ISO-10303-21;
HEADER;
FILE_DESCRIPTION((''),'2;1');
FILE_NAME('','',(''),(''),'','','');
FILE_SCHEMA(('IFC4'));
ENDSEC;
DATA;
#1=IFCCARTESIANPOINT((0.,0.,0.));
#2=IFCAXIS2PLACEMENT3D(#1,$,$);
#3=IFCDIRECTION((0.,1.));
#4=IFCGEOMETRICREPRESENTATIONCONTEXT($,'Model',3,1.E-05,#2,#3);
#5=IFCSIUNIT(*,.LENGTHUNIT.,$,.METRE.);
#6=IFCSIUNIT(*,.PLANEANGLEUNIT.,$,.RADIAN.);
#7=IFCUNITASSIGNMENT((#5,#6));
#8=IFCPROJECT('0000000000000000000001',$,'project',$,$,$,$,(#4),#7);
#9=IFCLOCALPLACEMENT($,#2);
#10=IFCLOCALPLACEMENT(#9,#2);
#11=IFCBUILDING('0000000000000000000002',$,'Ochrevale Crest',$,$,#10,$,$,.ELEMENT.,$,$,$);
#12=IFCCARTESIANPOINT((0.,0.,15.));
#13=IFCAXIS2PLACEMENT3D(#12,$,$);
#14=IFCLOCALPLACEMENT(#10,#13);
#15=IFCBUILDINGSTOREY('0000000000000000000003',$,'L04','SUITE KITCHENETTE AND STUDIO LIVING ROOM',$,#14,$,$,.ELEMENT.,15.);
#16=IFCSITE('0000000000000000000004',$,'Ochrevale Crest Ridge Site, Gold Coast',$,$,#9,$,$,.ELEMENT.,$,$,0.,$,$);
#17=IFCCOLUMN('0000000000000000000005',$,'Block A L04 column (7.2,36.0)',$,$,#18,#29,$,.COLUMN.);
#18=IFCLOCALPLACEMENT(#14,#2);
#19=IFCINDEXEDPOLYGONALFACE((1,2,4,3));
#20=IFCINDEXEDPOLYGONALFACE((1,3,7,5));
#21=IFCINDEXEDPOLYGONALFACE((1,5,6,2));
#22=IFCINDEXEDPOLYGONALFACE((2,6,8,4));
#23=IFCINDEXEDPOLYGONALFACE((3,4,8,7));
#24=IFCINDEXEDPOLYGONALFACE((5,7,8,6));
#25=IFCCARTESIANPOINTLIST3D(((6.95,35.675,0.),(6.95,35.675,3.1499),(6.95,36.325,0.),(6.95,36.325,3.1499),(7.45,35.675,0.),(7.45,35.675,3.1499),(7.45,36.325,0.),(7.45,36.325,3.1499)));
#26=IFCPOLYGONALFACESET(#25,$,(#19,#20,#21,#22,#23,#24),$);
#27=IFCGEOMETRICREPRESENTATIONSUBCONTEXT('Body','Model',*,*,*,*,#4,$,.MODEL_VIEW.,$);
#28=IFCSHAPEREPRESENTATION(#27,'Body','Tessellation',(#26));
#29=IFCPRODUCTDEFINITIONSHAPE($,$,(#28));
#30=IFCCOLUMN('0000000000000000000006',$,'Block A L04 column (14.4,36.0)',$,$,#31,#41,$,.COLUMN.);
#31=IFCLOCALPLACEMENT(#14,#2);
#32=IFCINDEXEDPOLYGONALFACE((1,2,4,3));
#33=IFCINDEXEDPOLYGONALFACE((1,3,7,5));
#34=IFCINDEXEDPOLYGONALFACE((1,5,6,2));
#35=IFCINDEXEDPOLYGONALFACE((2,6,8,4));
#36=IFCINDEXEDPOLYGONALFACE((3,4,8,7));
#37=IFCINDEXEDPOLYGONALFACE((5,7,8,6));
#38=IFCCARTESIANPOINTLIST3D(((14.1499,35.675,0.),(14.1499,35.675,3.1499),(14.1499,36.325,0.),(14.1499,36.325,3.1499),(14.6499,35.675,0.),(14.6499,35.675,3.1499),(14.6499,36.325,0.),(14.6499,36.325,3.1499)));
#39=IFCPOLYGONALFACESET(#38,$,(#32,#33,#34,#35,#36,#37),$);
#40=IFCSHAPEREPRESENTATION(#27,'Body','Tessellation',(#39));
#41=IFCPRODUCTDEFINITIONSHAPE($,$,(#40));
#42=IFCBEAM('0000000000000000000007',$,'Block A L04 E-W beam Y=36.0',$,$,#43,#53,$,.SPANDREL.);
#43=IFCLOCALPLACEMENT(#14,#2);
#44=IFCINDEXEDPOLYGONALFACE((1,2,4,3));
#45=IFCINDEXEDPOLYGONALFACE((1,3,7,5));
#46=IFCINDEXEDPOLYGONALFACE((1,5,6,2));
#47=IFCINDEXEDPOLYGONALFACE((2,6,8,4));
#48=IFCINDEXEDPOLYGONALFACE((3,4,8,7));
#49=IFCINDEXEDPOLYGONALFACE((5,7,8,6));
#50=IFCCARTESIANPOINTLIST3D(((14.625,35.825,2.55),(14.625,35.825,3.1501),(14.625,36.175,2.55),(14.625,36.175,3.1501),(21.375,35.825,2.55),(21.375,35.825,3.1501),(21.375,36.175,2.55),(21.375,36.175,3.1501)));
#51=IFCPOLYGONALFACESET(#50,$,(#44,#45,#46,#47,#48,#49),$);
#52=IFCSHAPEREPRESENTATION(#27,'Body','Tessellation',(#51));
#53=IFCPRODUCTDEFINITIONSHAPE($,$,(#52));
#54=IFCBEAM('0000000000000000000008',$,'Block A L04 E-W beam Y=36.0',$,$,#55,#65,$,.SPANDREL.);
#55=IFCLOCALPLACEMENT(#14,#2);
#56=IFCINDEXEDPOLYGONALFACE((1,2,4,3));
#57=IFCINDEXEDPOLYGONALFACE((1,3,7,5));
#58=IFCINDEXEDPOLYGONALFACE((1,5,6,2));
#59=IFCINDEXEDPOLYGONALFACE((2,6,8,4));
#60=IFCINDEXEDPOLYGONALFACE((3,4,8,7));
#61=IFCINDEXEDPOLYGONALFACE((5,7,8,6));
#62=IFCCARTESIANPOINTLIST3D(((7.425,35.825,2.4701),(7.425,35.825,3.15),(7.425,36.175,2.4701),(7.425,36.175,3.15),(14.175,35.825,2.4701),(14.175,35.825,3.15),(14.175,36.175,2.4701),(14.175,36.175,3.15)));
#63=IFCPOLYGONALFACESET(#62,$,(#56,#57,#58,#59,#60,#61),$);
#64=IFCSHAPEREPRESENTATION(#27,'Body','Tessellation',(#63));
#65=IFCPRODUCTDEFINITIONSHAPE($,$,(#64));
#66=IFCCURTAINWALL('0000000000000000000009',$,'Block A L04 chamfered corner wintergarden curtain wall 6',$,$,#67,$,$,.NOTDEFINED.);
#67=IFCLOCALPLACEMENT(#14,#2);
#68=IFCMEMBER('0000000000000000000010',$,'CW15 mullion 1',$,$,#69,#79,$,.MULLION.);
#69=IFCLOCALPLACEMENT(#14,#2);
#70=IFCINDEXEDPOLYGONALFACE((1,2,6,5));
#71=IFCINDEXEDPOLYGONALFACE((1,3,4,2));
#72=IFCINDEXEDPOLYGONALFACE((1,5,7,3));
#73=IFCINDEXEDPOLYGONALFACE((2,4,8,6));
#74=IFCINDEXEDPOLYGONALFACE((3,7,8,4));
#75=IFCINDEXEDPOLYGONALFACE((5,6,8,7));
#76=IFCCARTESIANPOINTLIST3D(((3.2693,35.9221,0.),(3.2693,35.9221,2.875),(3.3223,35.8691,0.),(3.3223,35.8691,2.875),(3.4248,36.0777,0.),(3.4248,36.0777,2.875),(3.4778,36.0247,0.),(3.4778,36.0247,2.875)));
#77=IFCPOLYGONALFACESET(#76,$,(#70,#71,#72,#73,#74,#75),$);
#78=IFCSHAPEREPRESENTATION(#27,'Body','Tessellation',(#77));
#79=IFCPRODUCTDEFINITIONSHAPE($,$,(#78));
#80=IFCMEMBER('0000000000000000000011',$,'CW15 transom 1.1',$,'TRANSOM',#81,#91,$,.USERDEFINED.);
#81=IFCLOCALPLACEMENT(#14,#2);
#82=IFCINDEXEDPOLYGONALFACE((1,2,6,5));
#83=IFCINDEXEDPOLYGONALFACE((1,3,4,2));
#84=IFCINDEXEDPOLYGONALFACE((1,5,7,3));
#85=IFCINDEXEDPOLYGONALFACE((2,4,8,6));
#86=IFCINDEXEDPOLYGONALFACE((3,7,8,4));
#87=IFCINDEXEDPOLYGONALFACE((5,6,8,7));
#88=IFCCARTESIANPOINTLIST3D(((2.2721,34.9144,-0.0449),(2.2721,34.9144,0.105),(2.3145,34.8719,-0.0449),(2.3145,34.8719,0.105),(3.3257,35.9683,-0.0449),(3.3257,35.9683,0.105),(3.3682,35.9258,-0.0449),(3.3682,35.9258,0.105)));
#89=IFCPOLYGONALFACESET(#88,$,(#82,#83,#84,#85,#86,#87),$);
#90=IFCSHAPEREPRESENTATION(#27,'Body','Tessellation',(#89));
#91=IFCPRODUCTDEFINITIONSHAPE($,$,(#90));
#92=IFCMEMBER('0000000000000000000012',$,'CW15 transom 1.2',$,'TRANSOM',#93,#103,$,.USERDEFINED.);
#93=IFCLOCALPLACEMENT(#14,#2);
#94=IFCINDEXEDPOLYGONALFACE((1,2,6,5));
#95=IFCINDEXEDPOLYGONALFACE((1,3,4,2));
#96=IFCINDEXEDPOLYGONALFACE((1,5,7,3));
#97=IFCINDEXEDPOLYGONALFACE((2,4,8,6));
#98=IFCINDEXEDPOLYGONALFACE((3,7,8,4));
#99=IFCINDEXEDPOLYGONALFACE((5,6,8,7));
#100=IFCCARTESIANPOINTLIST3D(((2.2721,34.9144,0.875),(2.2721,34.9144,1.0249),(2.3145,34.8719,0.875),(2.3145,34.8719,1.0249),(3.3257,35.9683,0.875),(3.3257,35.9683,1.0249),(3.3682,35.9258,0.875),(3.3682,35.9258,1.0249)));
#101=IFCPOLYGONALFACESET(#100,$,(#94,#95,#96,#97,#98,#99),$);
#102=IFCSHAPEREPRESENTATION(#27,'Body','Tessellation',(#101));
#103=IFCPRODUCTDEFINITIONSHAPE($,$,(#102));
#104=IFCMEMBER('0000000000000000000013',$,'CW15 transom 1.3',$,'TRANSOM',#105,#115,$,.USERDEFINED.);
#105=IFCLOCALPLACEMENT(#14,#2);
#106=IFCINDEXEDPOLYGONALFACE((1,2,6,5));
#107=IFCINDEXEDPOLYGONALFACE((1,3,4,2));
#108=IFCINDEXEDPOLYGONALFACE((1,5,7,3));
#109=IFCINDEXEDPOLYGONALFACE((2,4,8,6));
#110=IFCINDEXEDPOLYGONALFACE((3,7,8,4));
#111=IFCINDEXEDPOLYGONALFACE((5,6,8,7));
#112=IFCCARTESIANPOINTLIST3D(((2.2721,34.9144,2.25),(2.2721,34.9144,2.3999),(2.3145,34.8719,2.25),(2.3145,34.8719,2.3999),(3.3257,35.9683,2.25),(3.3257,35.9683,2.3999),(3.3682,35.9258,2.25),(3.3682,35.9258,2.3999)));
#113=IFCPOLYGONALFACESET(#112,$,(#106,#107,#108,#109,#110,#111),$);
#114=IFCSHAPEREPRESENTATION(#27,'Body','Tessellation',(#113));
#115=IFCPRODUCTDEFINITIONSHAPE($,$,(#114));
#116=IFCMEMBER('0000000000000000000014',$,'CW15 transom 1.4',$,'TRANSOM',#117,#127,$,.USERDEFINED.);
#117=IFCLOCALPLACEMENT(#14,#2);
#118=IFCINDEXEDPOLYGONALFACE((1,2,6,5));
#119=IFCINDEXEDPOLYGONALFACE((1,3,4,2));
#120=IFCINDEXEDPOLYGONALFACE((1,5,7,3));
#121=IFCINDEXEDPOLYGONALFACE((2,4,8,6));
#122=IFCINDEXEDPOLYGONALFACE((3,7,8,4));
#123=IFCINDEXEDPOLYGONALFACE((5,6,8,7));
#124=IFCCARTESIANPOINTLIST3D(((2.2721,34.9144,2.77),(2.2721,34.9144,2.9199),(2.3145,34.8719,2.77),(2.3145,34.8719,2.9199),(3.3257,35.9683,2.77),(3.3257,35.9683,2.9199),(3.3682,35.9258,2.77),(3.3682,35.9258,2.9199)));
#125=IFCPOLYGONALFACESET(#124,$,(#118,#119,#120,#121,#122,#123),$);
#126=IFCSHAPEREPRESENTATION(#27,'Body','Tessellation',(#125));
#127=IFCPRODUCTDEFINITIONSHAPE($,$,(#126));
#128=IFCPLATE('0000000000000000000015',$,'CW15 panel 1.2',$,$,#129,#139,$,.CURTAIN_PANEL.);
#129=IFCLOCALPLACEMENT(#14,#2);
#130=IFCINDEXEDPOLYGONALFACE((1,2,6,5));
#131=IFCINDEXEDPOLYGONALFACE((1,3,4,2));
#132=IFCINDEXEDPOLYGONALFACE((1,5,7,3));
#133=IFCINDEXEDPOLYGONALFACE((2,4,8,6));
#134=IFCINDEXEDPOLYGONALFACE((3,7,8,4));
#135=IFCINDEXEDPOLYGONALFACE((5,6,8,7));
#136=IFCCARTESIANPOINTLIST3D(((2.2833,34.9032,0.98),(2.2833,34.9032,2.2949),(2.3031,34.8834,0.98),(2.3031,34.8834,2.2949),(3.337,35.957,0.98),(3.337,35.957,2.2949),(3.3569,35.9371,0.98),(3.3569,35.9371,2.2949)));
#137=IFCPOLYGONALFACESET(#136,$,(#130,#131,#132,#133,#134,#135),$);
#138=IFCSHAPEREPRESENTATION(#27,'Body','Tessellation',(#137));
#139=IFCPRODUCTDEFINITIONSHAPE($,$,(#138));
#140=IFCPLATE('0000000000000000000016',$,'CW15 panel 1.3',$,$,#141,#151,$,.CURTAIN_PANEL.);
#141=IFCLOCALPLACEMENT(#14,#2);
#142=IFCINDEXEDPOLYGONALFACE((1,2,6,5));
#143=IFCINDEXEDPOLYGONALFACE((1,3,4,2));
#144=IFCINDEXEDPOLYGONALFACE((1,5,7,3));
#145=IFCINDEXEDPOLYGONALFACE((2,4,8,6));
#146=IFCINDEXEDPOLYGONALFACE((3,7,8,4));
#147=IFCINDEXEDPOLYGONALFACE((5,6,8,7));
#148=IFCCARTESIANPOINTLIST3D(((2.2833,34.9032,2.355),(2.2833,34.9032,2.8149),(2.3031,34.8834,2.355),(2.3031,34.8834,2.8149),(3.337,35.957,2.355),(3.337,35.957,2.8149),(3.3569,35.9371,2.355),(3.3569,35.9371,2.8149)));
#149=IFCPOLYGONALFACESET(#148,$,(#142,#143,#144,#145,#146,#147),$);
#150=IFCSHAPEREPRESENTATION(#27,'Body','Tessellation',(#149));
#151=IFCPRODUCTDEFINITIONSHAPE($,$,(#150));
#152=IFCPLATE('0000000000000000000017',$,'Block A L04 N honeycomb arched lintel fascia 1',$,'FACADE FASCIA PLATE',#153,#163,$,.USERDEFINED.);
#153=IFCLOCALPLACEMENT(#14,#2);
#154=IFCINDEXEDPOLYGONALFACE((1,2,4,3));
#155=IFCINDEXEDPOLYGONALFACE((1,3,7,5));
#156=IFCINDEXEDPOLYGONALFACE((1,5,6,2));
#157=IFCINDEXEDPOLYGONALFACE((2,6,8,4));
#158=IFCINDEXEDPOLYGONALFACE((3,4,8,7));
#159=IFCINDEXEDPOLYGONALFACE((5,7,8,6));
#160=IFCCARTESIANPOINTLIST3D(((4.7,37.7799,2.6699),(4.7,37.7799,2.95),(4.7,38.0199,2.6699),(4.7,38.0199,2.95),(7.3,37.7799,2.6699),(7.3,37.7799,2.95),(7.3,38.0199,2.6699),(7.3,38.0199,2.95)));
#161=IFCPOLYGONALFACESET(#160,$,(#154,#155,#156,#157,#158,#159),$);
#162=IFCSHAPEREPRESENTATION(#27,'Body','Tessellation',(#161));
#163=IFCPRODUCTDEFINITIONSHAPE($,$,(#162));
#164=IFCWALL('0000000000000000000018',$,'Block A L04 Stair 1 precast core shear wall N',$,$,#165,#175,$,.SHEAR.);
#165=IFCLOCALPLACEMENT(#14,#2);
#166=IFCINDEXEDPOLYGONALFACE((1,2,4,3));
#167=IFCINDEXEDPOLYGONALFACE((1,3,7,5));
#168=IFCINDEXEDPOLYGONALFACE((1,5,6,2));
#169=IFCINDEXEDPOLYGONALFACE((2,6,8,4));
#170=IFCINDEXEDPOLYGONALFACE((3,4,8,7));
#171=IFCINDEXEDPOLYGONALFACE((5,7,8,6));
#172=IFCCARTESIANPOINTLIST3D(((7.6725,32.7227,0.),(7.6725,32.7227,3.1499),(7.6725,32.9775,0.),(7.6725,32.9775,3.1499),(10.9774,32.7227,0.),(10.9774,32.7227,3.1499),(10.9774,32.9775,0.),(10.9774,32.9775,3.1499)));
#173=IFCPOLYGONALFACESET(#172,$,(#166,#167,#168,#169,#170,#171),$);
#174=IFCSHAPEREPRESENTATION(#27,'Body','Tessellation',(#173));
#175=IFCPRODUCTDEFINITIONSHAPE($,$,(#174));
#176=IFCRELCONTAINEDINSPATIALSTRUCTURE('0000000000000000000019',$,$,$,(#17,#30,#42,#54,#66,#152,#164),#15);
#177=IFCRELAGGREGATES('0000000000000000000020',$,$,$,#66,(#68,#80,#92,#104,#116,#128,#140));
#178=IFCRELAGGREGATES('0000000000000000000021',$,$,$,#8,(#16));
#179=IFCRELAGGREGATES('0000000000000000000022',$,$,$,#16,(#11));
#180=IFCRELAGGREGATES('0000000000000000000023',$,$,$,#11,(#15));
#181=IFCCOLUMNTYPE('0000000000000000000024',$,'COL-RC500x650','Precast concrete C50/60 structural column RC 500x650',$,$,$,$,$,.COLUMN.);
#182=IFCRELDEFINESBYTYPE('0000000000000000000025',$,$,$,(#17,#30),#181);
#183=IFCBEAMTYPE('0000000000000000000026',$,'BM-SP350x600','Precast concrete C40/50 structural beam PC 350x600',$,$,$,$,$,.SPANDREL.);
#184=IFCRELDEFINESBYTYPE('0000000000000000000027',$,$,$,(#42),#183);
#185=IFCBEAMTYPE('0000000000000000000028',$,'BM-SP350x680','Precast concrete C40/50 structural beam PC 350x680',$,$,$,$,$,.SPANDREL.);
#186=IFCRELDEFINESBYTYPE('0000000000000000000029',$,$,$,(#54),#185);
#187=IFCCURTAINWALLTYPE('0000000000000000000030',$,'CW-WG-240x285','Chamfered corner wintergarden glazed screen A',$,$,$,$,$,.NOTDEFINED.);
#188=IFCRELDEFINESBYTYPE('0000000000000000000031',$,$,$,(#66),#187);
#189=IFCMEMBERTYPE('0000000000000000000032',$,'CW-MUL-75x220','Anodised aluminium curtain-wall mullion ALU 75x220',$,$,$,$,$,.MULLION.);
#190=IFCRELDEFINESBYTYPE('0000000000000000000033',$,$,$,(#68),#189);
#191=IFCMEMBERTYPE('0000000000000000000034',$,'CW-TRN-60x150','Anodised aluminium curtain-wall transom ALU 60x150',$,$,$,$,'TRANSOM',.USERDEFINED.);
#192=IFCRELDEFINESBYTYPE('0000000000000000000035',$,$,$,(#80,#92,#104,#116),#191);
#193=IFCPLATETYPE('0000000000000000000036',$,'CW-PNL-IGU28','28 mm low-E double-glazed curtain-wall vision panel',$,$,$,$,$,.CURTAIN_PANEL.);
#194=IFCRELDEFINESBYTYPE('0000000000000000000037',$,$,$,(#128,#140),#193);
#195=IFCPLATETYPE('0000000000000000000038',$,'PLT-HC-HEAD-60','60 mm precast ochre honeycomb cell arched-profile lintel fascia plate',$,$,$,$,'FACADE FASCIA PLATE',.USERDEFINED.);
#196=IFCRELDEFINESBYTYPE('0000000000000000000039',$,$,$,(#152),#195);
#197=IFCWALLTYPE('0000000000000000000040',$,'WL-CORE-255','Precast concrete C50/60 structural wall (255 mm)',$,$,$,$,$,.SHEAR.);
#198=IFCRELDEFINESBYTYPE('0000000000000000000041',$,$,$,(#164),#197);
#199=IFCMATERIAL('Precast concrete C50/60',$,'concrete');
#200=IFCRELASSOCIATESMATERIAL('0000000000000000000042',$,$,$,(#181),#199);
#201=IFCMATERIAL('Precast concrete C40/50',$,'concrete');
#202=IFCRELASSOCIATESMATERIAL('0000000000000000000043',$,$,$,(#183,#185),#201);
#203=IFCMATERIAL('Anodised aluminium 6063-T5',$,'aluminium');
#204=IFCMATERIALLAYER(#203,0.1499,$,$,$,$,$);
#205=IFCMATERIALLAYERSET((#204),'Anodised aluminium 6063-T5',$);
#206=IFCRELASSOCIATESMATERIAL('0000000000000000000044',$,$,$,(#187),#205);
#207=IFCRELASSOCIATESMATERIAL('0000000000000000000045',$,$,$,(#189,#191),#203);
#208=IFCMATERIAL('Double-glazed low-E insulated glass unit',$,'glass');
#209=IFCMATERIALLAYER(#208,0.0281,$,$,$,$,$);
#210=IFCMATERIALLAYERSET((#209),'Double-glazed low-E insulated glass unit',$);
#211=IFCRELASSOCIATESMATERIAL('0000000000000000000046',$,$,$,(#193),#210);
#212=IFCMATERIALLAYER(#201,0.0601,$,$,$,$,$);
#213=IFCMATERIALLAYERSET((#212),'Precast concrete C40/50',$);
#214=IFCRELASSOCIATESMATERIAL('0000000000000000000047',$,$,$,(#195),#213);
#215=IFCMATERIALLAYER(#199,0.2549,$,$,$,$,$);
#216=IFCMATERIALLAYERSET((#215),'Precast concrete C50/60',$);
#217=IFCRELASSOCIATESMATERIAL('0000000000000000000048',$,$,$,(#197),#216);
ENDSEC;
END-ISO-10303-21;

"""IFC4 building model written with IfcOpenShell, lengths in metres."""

from ifc_helpers import new_model, si_unit, direction, frame, frame_2d, origin, origin_2d, place, context, subcontext, project, spatial, rectangle, extrude, material, layer, layer_set, material_profile, profile_set, type_object, element, aggregate, save


model = new_model("IFC4")

# Units and contexts
model_context = context("Model", 3, precision=1e-05, world=origin(), true_north=direction((0.0, 1.0)))
body_context = subcontext(model_context, "Body", "Model", "MODEL_VIEW")
ifc_project = project(units=[si_unit("LENGTHUNIT", "METRE"), si_unit("PLANEANGLEUNIT", "RADIAN")], contexts=[model_context])

# Site, building, storey
site_placement = place(None, origin())
site = spatial("IfcSite", under=ifc_project, at=site_placement, Name="Ochrevale Crest Ridge Site, Gold Coast", CompositionType="ELEMENT", RefElevation=0.0)
building_placement = place(site_placement, origin())
building = spatial("IfcBuilding", under=site, at=building_placement, Name="Ochrevale Crest", CompositionType="ELEMENT")
storey_placement = place(building_placement, frame((0.0, 0.0, 15.0)))
storey = spatial("IfcBuildingStorey", under=building, at=storey_placement, Name="L04", Description="SUITE KITCHENETTE AND STUDIO LIVING ROOM", CompositionType="ELEMENT", Elevation=15.0)

# Columns
ifc_material_1 = material(Name="Precast concrete C50/60", Category="concrete")
ifc_material_profile_1 = material_profile(ifc_material_1, rectangle(XDim=0.5, YDim=0.6499, at=origin_2d()), Name="RC 500x650")
ifc_profile_set_1 = profile_set([ifc_material_profile_1], Name="Precast concrete C50/60")
column_type = type_object("IfcColumnType", Name="COL-RC500x650", Description="Precast concrete C50/60 structural column RC 500x650", PredefinedType="COLUMN", material=ifc_profile_set_1)
for number, where, z_axis, x_axis, name in (
    (1, (7.2, 36.0, 0.0), (0.0, 0.0, 1.0), (1.0, 0.0, 0.0), "Block A L04 column (7.2,36.0)"),
    (2, (14.3999, 36.0, 0.0), (0.0, 0.0, 1.0), (1.0, 0.0, 0.0), "Block A L04 column (14.4,36.0)"),
):
    element("IfcColumn", number, at=place(storey_placement, frame(where, z_axis=z_axis, x_axis=x_axis)), inside=storey, type_object=column_type, Name=name, PredefinedType="COLUMN", context=body_context, shape_type="SweptSolid", body=[
        extrude(rectangle(XDim=0.5, YDim=0.6499, at=origin_2d()), origin(), (0.0, 0.0, 1.0), 3.1499),
    ])

# Beams
ifc_material_2 = material(Name="Precast concrete C40/50", Category="concrete")
ifc_material_profile_2 = material_profile(ifc_material_2, rectangle(XDim=0.3501, YDim=0.6001, at=origin_2d()), Name="PC 350x600")
ifc_profile_set_2 = profile_set([ifc_material_profile_2], Name="Precast concrete C40/50")
beam_type_1 = type_object("IfcBeamType", Name="BM-SP350x600", Description="Precast concrete C40/50 structural beam PC 350x600", PredefinedType="SPANDREL", material=ifc_profile_set_2)
beam_1_placement = place(storey_placement, frame((14.625, 36.0, 2.8501), z_axis=(1.0, 0.0, 0.0), x_axis=(0.0, 1.0, 0.0)))
element("IfcBeam", 3, at=beam_1_placement, inside=storey, type_object=beam_type_1, Name="Block A L04 E-W beam Y=36.0", PredefinedType="SPANDREL", context=body_context, shape_type="SweptSolid", body=[
    extrude(rectangle(XDim=0.3501, YDim=0.6001, at=origin_2d()), origin(), (0.0, 0.0, 1.0), 6.75),
])
ifc_material_profile_3 = material_profile(ifc_material_2, rectangle(XDim=0.3501, YDim=0.6799, at=origin_2d()), Name="PC 350x680")
ifc_profile_set_3 = profile_set([ifc_material_profile_3], Name="Precast concrete C40/50")
beam_type_2 = type_object("IfcBeamType", Name="BM-SP350x680", Description="Precast concrete C40/50 structural beam PC 350x680", PredefinedType="SPANDREL", material=ifc_profile_set_3)
beam_2_placement = place(storey_placement, frame((7.425, 36.0, 2.8101), z_axis=(1.0, 0.0, 0.0), x_axis=(0.0, 1.0, 0.0)))
element("IfcBeam", 4, at=beam_2_placement, inside=storey, type_object=beam_type_2, Name="Block A L04 E-W beam Y=36.0", PredefinedType="SPANDREL", context=body_context, shape_type="SweptSolid", body=[
    extrude(rectangle(XDim=0.3501, YDim=0.6799, at=origin_2d()), origin(), (0.0, 0.0, 1.0), 6.75),
])

# Curtain wall, members, plates
ifc_material_3 = material(Name="Anodised aluminium 6063-T5", Category="aluminium")
ifc_layer_1 = layer(ifc_material_3, 0.1499)
ifc_layer_set_1 = layer_set([ifc_layer_1], Name="Anodised aluminium 6063-T5")
curtain_wall_type = type_object("IfcCurtainWallType", Name="CW-WG-240x285", Description="Chamfered corner wintergarden glazed screen A", PredefinedType="NOTDEFINED", material=ifc_layer_set_1)
curtain_wall_placement = place(storey_placement, origin())
curtain_wall = element("IfcCurtainWall", 5, at=curtain_wall_placement, inside=storey, type_object=curtain_wall_type, Name="Block A L04 chamfered corner wintergarden curtain wall 6", PredefinedType="NOTDEFINED")
ifc_material_profile_4 = material_profile(ifc_material_3, rectangle(XDim=0.075, YDim=0.22, at=origin_2d()), Name="ALU 75x220")
ifc_profile_set_4 = profile_set([ifc_material_profile_4], Name="Anodised aluminium 6063-T5")
member_type_1 = type_object("IfcMemberType", Name="CW-MUL-75x220", Description="Anodised aluminium curtain-wall mullion ALU 75x220", PredefinedType="MULLION", material=ifc_profile_set_4)
member_1_placement = place(storey_placement, frame((3.3735, 35.9734, 0.0), z_axis=(0.0, 0.0, 1.0), x_axis=(0.707107, -0.707107, 0.0)))
member_1 = element("IfcMember", 6, at=member_1_placement, type_object=member_type_1, Name="CW15 mullion 1", PredefinedType="MULLION", context=body_context, shape_type="SweptSolid", body=[
    extrude(rectangle(XDim=0.075, YDim=0.22, at=origin_2d()), origin(), (0.0, 0.0, 1.0), 2.875),
])
ifc_material_profile_5 = material_profile(ifc_material_3, rectangle(XDim=0.0601, YDim=0.1499, at=origin_2d()), Name="ALU 60x150")
ifc_profile_set_5 = profile_set([ifc_material_profile_5], Name="Anodised aluminium 6063-T5")
member_type_2 = type_object("IfcMemberType", Name="CW-TRN-60x150", Description="Anodised aluminium curtain-wall transom ALU 60x150", ElementType="TRANSOM", PredefinedType="USERDEFINED", material=ifc_profile_set_5)
member_2_placement = place(storey_placement, frame((3.3469, 35.947, 0.03), z_axis=(-0.707025, -0.707189, 0.0), x_axis=(0.707189, -0.707025, 0.0)))
member_2 = element("IfcMember", 7, at=member_2_placement, type_object=member_type_2, Name="CW15 transom 1.1", ObjectType="TRANSOM", PredefinedType="USERDEFINED", context=body_context, shape_type="SweptSolid", body=[
    extrude(rectangle(XDim=0.0601, YDim=0.1499, at=origin_2d()), origin(), (0.0, 0.0, 1.0), 1.4902),
])
member_3_placement = place(storey_placement, frame((3.3469, 35.947, 0.95), z_axis=(-0.707025, -0.707189, 0.0), x_axis=(0.707189, -0.707025, 0.0)))
member_3 = element("IfcMember", 8, at=member_3_placement, type_object=member_type_2, Name="CW15 transom 1.2", ObjectType="TRANSOM", PredefinedType="USERDEFINED", context=body_context, shape_type="SweptSolid", body=[
    extrude(rectangle(XDim=0.0601, YDim=0.1499, at=origin_2d()), origin(), (0.0, 0.0, 1.0), 1.4902),
])
member_4_placement = place(storey_placement, frame((3.3469, 35.947, 2.325), z_axis=(-0.707025, -0.707189, 0.0), x_axis=(0.707189, -0.707025, 0.0)))
member_4 = element("IfcMember", 9, at=member_4_placement, type_object=member_type_2, Name="CW15 transom 1.3", ObjectType="TRANSOM", PredefinedType="USERDEFINED", context=body_context, shape_type="SweptSolid", body=[
    extrude(rectangle(XDim=0.0601, YDim=0.1499, at=origin_2d()), origin(), (0.0, 0.0, 1.0), 1.4902),
])
member_5_placement = place(storey_placement, frame((3.3469, 35.947, 2.845), z_axis=(-0.707025, -0.707189, 0.0), x_axis=(0.707189, -0.707025, 0.0)))
member_5 = element("IfcMember", 10, at=member_5_placement, type_object=member_type_2, Name="CW15 transom 1.4", ObjectType="TRANSOM", PredefinedType="USERDEFINED", context=body_context, shape_type="SweptSolid", body=[
    extrude(rectangle(XDim=0.0601, YDim=0.1499, at=origin_2d()), origin(), (0.0, 0.0, 1.0), 1.4902),
])
ifc_material_4 = material(Name="Double-glazed low-E insulated glass unit", Category="glass")
ifc_layer_2 = layer(ifc_material_4, 0.0281)
ifc_layer_set_2 = layer_set([ifc_layer_2], Name="Double-glazed low-E insulated glass unit")
plate_type_1 = type_object("IfcPlateType", Name="CW-PNL-IGU28", Description="28 mm low-E double-glazed curtain-wall vision panel", PredefinedType="CURTAIN_PANEL", material=ifc_layer_set_2)
plate_1_placement = place(storey_placement, frame((2.8201, 35.4202, 0.98), z_axis=(0.0, 0.0, 1.0), x_axis=(-0.707107, -0.707107, 0.0)))
plate_1 = element("IfcPlate", 11, at=plate_1_placement, type_object=plate_type_1, Name="CW15 panel 1.2", PredefinedType="CURTAIN_PANEL", context=body_context, shape_type="SweptSolid", body=[
    extrude(rectangle(XDim=1.4902, YDim=0.0281, at=origin_2d()), origin(), (0.0, 0.0, 1.0), 1.3149),
])
plate_2_placement = place(storey_placement, frame((2.8201, 35.4202, 2.355), z_axis=(0.0, 0.0, 1.0), x_axis=(-0.707107, -0.707107, 0.0)))
plate_2 = element("IfcPlate", 12, at=plate_2_placement, type_object=plate_type_1, Name="CW15 panel 1.3", PredefinedType="CURTAIN_PANEL", context=body_context, shape_type="SweptSolid", body=[
    extrude(rectangle(XDim=1.4902, YDim=0.0281, at=origin_2d()), origin(), (0.0, 0.0, 1.0), 0.46),
])
aggregate(curtain_wall, [member_1, member_2, member_3, member_4, member_5, plate_1, plate_2])

# Plate
ifc_layer_3 = layer(ifc_material_2, 0.0601)
ifc_layer_set_3 = layer_set([ifc_layer_3], Name="Precast concrete C40/50")
plate_type_2 = type_object("IfcPlateType", Name="PLT-HC-HEAD-60", Description="60 mm precast ochre honeycomb cell arched-profile lintel fascia plate", ElementType="FACADE FASCIA PLATE", PredefinedType="USERDEFINED", material=ifc_layer_set_3)
plate_3_placement = place(storey_placement, frame((6.0, 37.8999, 2.6699), z_axis=(0.0, 0.0, 1.0), x_axis=(1.0, 0.0, 0.0)))
element("IfcPlate", 13, at=plate_3_placement, inside=storey, type_object=plate_type_2, Name="Block A L04 N honeycomb arched lintel fascia 1", ObjectType="FACADE FASCIA PLATE", PredefinedType="USERDEFINED", context=body_context, shape_type="SweptSolid", body=[
    extrude(rectangle(XDim=2.6001, YDim=0.24, at=origin_2d()), origin(), (0.0, 0.0, 1.0), 0.28),
])

# Wall
ifc_layer_4 = layer(ifc_material_1, 0.2549)
ifc_layer_set_4 = layer_set([ifc_layer_4], Name="Precast concrete C50/60")
wall_type_1 = type_object("IfcWallType", Name="WL-CORE-255", Description="Precast concrete C50/60 structural wall (255 mm)", PredefinedType="SHEAR", material=ifc_layer_set_4)
wall_1_placement = place(storey_placement, frame((7.6726, 32.8501, 0.0), z_axis=(0.0, 0.0, 1.0), x_axis=(1.0, 0.0, 0.0)))
element("IfcWall", 14, at=wall_1_placement, inside=storey, type_object=wall_type_1, Name="Block A L04 Stair 1 precast core shear wall N", PredefinedType="SHEAR", context=body_context, shape_type="SweptSolid", body=[
    extrude(rectangle(XDim=3.3049, YDim=0.2549, at=frame_2d((1.6523, 0.0))), origin(), (0.0, 0.0, 1.0), 3.1499),
])

save(model, "model.ifc")
